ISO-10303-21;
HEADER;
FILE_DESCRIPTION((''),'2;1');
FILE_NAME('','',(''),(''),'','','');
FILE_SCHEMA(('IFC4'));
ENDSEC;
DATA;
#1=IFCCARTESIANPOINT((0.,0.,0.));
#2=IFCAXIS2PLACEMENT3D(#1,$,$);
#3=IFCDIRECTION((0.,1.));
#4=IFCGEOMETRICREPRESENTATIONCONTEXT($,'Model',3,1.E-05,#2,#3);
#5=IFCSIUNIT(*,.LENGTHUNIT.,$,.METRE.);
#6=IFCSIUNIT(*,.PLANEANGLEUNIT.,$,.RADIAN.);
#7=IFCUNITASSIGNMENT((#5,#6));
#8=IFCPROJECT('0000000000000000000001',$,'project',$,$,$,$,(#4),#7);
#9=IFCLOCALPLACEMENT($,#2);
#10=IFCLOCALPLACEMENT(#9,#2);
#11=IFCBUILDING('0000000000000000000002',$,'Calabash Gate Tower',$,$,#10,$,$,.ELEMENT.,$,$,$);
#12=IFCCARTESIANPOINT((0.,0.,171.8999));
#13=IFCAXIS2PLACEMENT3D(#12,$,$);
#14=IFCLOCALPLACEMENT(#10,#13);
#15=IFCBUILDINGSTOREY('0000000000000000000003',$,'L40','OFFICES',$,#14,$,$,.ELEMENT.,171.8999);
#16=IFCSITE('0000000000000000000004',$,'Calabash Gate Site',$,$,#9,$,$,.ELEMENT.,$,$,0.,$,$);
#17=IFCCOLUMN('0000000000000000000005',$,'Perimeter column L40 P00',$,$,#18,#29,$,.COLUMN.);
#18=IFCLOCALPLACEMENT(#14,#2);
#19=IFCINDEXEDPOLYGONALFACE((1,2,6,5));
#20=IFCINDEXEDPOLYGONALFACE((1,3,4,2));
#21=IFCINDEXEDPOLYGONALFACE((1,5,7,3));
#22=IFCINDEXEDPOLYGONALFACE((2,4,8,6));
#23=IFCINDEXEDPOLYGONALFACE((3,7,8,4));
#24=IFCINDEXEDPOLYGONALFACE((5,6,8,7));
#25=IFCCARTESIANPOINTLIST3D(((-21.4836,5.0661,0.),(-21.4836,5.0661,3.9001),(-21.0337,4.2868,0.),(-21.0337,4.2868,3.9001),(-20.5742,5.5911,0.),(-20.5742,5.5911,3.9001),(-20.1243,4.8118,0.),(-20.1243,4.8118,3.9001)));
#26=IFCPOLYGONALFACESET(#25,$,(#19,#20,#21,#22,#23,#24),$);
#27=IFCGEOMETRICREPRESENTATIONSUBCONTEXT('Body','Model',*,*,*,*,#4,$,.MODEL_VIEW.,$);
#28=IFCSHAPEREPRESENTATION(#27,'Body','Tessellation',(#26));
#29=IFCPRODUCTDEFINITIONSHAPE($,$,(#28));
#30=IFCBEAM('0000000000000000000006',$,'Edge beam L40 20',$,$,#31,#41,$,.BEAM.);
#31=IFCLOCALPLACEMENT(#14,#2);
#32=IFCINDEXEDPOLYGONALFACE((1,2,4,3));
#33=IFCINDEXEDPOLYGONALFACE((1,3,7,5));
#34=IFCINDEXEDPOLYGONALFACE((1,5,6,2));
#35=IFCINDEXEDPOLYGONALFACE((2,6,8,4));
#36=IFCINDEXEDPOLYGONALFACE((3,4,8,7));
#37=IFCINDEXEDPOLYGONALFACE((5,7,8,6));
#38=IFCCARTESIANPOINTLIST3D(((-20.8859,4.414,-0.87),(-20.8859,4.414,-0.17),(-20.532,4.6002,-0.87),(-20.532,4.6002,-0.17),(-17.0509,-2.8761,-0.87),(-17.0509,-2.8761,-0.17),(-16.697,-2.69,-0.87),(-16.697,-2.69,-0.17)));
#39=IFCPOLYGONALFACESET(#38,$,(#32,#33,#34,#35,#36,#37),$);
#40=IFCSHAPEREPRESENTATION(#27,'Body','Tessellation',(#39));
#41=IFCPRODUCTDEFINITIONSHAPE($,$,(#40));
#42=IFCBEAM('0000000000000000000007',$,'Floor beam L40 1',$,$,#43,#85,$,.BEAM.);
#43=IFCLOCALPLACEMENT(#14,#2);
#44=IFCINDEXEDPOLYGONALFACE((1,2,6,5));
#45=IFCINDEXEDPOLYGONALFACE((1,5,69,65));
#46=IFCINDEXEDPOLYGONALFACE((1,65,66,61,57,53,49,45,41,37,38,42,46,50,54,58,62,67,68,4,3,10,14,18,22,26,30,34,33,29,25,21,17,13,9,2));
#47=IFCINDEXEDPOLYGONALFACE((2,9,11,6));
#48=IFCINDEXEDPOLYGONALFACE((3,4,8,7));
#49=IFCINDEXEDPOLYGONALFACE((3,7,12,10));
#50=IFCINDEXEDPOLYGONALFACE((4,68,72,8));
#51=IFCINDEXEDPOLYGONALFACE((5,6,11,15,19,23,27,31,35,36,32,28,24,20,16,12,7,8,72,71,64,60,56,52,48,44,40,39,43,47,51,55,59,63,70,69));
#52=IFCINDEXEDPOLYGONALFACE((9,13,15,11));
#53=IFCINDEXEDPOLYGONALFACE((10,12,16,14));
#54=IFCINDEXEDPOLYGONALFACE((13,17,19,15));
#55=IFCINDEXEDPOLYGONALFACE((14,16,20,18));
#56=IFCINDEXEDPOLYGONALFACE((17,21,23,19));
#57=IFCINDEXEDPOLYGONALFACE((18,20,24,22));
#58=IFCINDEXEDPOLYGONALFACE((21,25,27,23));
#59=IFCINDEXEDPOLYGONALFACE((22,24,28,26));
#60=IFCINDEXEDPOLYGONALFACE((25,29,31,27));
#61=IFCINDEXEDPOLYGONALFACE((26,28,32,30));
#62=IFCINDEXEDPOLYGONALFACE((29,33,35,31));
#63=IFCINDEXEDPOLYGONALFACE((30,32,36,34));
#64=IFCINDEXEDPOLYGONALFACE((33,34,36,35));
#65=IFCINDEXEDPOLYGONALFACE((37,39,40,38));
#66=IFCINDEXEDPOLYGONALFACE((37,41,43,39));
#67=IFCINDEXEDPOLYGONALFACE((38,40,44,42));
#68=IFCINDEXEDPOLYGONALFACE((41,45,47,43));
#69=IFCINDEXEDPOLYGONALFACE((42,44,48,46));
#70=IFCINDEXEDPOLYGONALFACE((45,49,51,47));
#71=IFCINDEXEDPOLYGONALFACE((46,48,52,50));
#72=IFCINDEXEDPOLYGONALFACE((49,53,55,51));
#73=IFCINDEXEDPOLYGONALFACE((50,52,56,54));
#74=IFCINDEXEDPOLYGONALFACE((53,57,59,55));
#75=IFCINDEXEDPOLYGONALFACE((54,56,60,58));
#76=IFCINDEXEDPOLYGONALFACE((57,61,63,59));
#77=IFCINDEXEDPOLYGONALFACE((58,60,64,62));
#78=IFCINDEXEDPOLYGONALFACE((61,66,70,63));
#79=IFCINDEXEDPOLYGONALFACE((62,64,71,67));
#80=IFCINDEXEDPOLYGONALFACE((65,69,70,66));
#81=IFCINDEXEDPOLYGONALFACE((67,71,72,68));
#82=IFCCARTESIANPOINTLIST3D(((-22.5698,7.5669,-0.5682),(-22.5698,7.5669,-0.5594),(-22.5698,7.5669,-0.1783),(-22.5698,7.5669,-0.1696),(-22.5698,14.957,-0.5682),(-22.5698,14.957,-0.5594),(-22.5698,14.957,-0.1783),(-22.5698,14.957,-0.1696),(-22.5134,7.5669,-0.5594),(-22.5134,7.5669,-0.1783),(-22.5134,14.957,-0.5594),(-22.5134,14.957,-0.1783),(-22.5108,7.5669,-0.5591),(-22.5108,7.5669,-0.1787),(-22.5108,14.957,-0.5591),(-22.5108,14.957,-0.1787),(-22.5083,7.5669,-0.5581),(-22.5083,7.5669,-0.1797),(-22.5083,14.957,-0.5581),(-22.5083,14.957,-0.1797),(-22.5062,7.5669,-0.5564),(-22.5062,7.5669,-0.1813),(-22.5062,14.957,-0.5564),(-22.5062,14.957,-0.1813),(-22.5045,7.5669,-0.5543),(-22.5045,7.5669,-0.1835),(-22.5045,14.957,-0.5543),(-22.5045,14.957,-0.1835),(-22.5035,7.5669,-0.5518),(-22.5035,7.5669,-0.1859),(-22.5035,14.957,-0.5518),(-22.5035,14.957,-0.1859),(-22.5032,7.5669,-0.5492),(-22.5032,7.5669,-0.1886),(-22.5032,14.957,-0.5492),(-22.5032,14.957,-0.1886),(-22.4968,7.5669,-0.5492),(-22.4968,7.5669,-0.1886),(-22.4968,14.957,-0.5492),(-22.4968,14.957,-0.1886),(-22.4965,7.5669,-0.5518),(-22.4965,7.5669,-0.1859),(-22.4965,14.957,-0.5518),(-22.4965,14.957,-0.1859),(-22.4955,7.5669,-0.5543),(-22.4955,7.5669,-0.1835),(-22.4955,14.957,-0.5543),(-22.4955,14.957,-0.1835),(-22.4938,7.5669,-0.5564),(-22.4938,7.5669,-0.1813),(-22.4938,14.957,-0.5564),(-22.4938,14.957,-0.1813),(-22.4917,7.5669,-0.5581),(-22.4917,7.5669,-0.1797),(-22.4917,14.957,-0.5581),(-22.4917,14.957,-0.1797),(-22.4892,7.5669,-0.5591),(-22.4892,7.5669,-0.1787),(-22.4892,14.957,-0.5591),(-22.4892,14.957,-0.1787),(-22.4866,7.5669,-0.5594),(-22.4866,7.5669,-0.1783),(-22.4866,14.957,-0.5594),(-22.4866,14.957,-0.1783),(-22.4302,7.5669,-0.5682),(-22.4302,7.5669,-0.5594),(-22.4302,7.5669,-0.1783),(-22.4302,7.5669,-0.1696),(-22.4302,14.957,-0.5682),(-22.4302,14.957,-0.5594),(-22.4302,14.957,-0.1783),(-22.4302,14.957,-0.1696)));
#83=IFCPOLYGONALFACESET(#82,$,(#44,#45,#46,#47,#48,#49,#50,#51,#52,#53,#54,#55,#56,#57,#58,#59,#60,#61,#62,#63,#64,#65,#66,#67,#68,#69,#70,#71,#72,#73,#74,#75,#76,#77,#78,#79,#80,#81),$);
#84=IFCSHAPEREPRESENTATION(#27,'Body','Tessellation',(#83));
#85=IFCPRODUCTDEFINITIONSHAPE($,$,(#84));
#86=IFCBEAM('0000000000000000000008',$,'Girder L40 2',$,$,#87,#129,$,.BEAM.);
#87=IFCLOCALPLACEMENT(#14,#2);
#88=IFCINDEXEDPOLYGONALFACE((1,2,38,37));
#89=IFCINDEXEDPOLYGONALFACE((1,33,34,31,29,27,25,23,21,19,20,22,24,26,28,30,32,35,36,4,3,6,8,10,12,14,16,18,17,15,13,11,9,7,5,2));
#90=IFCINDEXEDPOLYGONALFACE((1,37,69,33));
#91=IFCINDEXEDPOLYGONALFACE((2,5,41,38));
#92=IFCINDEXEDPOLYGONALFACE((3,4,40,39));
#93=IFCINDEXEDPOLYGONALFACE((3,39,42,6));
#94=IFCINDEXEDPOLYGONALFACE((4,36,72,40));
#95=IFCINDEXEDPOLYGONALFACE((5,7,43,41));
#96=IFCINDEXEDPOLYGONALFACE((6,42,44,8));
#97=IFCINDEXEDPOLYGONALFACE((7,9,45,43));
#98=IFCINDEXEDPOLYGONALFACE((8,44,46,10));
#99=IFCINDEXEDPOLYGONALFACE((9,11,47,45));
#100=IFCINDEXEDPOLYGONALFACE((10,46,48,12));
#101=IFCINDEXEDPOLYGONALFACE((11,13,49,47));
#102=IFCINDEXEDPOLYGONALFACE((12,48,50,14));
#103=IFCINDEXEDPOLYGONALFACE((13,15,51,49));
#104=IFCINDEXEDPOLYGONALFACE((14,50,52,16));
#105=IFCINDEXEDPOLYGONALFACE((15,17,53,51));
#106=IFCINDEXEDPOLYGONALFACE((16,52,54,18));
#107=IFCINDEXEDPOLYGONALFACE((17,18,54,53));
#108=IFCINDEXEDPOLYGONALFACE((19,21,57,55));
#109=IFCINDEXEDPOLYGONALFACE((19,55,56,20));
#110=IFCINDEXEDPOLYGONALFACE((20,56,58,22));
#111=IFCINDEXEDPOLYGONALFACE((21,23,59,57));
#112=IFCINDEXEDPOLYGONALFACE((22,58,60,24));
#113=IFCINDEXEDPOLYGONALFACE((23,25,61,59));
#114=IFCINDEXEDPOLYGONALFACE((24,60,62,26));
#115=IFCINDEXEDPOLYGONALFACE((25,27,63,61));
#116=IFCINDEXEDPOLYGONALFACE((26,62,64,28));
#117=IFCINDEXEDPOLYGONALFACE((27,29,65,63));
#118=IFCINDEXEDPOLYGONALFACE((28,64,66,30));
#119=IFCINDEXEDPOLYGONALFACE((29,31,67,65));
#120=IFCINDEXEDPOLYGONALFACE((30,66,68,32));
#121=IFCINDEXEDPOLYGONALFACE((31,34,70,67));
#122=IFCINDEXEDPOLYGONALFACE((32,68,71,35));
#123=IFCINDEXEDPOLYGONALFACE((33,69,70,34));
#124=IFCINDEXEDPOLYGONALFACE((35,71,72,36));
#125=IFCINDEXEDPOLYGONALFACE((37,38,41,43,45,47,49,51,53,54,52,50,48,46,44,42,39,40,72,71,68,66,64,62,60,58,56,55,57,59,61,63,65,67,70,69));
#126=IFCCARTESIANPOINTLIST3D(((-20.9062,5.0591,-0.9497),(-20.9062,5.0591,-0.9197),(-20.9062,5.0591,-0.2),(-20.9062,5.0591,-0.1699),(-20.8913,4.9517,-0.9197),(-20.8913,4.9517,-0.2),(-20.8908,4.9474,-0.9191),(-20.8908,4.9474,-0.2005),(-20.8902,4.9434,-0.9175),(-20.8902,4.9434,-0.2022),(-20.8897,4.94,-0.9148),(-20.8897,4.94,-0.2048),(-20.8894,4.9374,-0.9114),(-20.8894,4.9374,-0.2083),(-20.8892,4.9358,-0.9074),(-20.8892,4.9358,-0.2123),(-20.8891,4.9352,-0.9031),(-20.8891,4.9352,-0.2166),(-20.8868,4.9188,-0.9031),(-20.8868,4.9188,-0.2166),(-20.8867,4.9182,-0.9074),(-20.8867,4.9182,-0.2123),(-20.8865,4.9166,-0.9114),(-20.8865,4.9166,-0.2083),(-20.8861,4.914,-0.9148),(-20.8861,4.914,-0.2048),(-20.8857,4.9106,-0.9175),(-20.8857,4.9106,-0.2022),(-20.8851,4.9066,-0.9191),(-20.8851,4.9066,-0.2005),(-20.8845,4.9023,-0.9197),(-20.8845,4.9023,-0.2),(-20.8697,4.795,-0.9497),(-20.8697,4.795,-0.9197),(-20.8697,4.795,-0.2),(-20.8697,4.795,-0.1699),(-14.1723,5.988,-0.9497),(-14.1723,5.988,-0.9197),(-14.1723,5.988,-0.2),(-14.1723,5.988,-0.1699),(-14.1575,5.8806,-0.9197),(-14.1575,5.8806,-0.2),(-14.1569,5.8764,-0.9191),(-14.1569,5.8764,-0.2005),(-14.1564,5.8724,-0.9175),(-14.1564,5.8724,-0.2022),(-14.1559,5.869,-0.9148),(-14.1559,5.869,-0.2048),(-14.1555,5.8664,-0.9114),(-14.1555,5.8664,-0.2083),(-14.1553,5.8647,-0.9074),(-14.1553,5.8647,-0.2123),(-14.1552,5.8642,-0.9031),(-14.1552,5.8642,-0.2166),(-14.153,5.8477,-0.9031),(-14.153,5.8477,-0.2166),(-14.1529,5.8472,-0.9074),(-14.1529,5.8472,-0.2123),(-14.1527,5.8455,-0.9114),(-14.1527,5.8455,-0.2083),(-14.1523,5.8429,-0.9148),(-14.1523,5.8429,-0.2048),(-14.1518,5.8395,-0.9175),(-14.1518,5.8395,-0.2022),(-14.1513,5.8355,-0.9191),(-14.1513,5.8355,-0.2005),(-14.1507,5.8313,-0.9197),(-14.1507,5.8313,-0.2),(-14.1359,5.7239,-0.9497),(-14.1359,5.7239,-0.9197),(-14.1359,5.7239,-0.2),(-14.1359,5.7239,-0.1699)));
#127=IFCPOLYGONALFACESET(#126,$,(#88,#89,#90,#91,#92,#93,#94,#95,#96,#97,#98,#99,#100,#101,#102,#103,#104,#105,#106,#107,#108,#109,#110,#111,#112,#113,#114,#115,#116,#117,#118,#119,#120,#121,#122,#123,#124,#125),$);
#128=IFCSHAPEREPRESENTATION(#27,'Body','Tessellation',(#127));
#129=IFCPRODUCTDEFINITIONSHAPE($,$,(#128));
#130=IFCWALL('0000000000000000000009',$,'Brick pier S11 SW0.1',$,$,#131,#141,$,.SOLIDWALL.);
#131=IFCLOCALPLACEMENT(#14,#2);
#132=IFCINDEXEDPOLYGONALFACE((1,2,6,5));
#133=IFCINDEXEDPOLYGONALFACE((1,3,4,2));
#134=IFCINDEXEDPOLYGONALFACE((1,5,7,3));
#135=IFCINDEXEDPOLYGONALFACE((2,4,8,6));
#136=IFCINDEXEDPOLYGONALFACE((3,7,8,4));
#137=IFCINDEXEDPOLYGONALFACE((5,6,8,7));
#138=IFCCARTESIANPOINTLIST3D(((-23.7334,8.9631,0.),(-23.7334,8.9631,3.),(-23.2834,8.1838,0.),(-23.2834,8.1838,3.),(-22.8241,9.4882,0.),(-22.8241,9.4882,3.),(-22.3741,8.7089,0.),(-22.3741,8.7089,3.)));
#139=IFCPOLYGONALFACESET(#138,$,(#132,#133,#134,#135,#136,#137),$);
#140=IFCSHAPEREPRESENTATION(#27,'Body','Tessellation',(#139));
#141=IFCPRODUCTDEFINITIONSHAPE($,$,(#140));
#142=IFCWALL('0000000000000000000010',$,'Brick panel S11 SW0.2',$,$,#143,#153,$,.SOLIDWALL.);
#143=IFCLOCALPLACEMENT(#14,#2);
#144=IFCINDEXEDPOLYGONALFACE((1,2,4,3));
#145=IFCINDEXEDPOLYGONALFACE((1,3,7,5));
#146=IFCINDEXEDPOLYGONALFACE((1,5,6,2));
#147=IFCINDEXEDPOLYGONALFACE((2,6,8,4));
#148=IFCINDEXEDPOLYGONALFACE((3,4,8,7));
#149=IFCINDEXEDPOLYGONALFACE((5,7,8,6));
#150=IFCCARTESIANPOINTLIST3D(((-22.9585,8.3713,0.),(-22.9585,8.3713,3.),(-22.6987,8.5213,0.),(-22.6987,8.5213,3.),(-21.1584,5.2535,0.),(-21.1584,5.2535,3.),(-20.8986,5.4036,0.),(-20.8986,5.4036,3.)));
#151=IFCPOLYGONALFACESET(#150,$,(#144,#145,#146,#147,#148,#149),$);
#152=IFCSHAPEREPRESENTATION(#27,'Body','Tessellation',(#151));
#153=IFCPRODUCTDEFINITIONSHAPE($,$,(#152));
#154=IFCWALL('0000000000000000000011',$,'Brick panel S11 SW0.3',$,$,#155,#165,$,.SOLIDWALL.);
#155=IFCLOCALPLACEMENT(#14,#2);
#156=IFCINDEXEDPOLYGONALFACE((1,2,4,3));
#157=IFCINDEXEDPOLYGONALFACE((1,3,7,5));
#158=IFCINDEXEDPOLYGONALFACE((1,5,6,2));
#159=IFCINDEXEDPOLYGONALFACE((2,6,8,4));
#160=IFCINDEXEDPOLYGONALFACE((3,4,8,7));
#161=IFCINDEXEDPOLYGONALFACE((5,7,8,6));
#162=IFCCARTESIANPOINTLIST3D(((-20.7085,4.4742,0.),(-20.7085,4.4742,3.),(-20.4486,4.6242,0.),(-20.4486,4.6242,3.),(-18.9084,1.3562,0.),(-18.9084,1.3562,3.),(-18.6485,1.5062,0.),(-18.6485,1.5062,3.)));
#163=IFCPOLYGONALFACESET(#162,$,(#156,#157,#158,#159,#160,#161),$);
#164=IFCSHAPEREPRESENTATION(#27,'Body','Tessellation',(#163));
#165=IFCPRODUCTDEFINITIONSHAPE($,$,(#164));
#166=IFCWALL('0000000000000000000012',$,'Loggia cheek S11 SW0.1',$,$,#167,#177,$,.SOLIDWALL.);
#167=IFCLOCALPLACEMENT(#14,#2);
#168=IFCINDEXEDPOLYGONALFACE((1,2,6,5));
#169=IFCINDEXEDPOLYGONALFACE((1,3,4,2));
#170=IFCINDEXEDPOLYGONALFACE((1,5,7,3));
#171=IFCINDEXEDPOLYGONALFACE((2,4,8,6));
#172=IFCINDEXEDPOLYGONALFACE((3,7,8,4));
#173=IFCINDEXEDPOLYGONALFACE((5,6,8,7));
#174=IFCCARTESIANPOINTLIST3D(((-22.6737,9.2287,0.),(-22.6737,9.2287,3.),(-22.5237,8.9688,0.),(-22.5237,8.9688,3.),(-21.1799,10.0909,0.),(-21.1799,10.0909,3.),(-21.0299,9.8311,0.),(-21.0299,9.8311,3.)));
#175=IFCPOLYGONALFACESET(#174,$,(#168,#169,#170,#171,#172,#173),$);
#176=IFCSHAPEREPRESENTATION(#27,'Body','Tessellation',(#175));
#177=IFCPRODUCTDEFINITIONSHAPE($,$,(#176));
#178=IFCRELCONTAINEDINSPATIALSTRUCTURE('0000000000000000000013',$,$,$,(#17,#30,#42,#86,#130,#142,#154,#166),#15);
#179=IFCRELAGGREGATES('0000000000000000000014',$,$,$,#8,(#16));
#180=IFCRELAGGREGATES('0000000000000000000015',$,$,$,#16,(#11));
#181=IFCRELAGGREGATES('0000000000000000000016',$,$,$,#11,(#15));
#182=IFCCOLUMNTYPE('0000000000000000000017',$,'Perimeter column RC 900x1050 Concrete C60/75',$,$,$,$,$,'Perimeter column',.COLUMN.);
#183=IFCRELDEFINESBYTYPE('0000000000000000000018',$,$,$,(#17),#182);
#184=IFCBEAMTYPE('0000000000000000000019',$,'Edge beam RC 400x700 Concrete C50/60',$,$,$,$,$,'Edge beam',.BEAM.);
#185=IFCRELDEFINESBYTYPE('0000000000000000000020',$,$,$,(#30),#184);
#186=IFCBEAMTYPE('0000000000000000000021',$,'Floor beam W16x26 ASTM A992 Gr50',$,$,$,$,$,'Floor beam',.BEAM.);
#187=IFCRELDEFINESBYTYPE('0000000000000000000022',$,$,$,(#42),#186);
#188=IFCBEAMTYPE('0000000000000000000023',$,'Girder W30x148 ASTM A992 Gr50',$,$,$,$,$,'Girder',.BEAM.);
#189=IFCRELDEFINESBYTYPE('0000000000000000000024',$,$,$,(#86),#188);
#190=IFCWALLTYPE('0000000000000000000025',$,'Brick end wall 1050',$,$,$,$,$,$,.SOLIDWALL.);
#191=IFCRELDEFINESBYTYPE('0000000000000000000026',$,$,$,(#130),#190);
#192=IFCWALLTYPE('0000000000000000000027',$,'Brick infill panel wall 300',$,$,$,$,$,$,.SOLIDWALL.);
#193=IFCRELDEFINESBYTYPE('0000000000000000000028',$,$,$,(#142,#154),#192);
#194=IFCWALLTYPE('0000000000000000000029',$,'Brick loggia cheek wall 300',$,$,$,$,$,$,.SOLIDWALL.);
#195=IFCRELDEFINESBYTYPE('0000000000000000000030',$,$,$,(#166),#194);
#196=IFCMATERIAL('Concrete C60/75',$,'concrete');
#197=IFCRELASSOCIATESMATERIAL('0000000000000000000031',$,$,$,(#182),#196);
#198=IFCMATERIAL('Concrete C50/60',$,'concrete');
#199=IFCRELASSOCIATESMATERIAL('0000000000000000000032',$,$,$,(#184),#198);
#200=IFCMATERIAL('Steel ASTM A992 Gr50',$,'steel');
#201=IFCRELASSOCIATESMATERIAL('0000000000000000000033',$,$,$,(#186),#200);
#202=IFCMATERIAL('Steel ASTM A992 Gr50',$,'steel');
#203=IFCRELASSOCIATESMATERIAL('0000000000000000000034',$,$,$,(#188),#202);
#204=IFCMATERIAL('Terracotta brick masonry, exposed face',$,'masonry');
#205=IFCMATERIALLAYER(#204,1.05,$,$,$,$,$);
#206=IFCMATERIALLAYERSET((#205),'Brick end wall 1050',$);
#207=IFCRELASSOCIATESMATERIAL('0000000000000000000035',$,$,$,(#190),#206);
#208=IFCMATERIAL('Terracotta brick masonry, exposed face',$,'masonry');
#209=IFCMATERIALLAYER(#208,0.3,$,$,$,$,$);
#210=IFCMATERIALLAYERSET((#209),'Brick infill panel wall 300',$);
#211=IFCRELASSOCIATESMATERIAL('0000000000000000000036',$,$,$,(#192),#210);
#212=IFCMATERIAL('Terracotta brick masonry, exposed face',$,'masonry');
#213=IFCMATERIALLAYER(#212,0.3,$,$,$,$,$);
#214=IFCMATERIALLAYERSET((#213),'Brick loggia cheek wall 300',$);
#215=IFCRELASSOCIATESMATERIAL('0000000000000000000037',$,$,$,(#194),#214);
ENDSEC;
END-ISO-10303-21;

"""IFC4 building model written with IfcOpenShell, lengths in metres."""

from ifc_helpers import new_model, si_unit, direction, frame, frame_2d, origin, origin_2d, place, context, subcontext, project, spatial, rectangle, i_section, extrude, material, layer, layer_set, material_profile, profile_set, type_object, element, save


model = new_model("IFC4")

# Units and contexts
model_context = context("Model", 3, precision=1e-05, world=origin(), true_north=direction((0.0, 1.0)))
body_context = subcontext(model_context, "Body", "Model", "MODEL_VIEW")
ifc_project = project(units=[si_unit("LENGTHUNIT", "METRE"), si_unit("PLANEANGLEUNIT", "RADIAN")], contexts=[model_context])

# Site, building, storey
site_placement = place(None, origin())
site = spatial("IfcSite", under=ifc_project, at=site_placement, Name="Calabash Gate Site", CompositionType="ELEMENT", RefElevation=0.0)
building_placement = place(site_placement, origin())
building = spatial("IfcBuilding", under=site, at=building_placement, Name="Calabash Gate Tower", CompositionType="ELEMENT")
storey_placement = place(building_placement, frame((0.0, 0.0, 171.8999)))
storey = spatial("IfcBuildingStorey", under=building, at=storey_placement, Name="L40", Description="OFFICES", CompositionType="ELEMENT", Elevation=171.8999)

# Column
ifc_material_1 = material(Name="Concrete C60/75", Category="concrete")
ifc_material_profile_1 = material_profile(ifc_material_1, rectangle(XDim=0.8999, YDim=1.05, at=origin_2d()))
ifc_profile_set_1 = profile_set([ifc_material_profile_1], Name="Concrete C60/75")
column_type = type_object("IfcColumnType", Name="Perimeter column RC 900x1050 Concrete C60/75", ElementType="Perimeter column", PredefinedType="COLUMN", material=ifc_profile_set_1)
column_placement = place(storey_placement, frame((-20.804, 4.939, 0.0), z_axis=(0.0, 0.0, 1.0), x_axis=(0.5, -0.866025, 0.0)))
element("IfcColumn", 1, at=column_placement, inside=storey, type_object=column_type, Name="Perimeter column L40 P00", PredefinedType="COLUMN", context=body_context, shape_type="SweptSolid", body=[
    extrude(rectangle(XDim=0.8999, YDim=1.05, at=origin_2d()), origin(), (0.0, 0.0, 1.0), 3.9001),
])

# Beams
ifc_material_2 = material(Name="Concrete C50/60", Category="concrete")
ifc_material_profile_2 = material_profile(ifc_material_2, rectangle(XDim=0.3999, YDim=0.7, at=origin_2d()))
ifc_profile_set_2 = profile_set([ifc_material_profile_2], Name="Concrete C50/60")
beam_type_1 = type_object("IfcBeamType", Name="Edge beam RC 400x700 Concrete C50/60", ElementType="Edge beam", PredefinedType="BEAM", material=ifc_profile_set_2)
beam_1_placement = place(storey_placement, frame((-20.709, 4.5071, -0.52), z_axis=(0.465566, -0.885013, 0.0), x_axis=(0.885013, 0.465566, 0.0)))
element("IfcBeam", 2, at=beam_1_placement, inside=storey, type_object=beam_type_1, Name="Edge beam L40 20", PredefinedType="BEAM", context=body_context, shape_type="SweptSolid", body=[
    extrude(rectangle(XDim=0.3999, YDim=0.7, at=origin_2d()), origin(), (0.0, 0.0, 1.0), 8.2373),
])
ifc_material_3 = material(Name="Steel ASTM A992 Gr50", Category="steel")
ifc_material_profile_3 = material_profile(ifc_material_3, i_section(OverallWidth=0.1396, OverallDepth=0.3987, WebThickness=0.0063, FlangeThickness=0.0088, FilletRadius=0.0103, at=origin_2d()))
ifc_profile_set_3 = profile_set([ifc_material_profile_3], Name="Steel ASTM A992 Gr50")
beam_type_2 = type_object("IfcBeamType", Name="Floor beam W16x26 ASTM A992 Gr50", ElementType="Floor beam", PredefinedType="BEAM", material=ifc_profile_set_3)
beam_2_placement = place(storey_placement, frame((-22.5, 7.5669, -0.3689), z_axis=(0.0, 1.0, 0.0), x_axis=(-1.0, 0.0, 0.0)))
element("IfcBeam", 3, at=beam_2_placement, inside=storey, type_object=beam_type_2, Name="Floor beam L40 1", PredefinedType="BEAM", context=body_context, shape_type="SweptSolid", body=[
    extrude(i_section(OverallWidth=0.1396, OverallDepth=0.3987, WebThickness=0.0063, FlangeThickness=0.0088, FilletRadius=0.0103, at=origin_2d()), origin(), (0.0, 0.0, 1.0), 7.3901),
])
ifc_material_4 = material(Name="Steel ASTM A992 Gr50", Category="steel")
ifc_material_profile_4 = material_profile(ifc_material_4, i_section(OverallWidth=0.2666, OverallDepth=0.7798, WebThickness=0.0166, FlangeThickness=0.03, FilletRadius=0.0166, at=origin_2d()))
ifc_profile_set_4 = profile_set([ifc_material_profile_4], Name="Steel ASTM A992 Gr50")
beam_type_3 = type_object("IfcBeamType", Name="Girder W30x148 ASTM A992 Gr50", ElementType="Girder", PredefinedType="BEAM", material=ifc_profile_set_4)
beam_3_placement = place(storey_placement, frame((-20.8879, 4.927, -0.5598), z_axis=(0.990618, 0.136658, 0.0), x_axis=(-0.136658, 0.990618, 0.0)))
element("IfcBeam", 4, at=beam_3_placement, inside=storey, type_object=beam_type_3, Name="Girder L40 2", PredefinedType="BEAM", context=body_context, shape_type="SweptSolid", body=[
    extrude(i_section(OverallWidth=0.2666, OverallDepth=0.7798, WebThickness=0.0166, FlangeThickness=0.03, FilletRadius=0.0166, at=origin_2d()), origin(), (0.0, 0.0, 1.0), 6.7976),
])

# Walls
ifc_material_5 = material(Name="Terracotta brick masonry, exposed face", Category="masonry")
ifc_layer_1 = layer(ifc_material_5, 1.05)
ifc_layer_set_1 = layer_set([ifc_layer_1], Name="Brick end wall 1050")
wall_type_1 = type_object("IfcWallType", Name="Brick end wall 1050", PredefinedType="SOLIDWALL", material=ifc_layer_set_1)
wall_1_placement = place(storey_placement, frame((-23.5083, 8.5735, 0.0), z_axis=(0.0, 0.0, 1.0), x_axis=(0.865988, 0.500065, 0.0)))
element("IfcWall", 5, at=wall_1_placement, inside=storey, type_object=wall_type_1, Name="Brick pier S11 SW0.1", PredefinedType="SOLIDWALL", context=body_context, shape_type="SweptSolid", body=[
    extrude(rectangle(XDim=1.05, YDim=0.8999, at=frame_2d((0.5249, 0.0))), origin(), (0.0, 0.0, 1.0), 3.0),
])
ifc_material_6 = material(Name="Terracotta brick masonry, exposed face", Category="masonry")
ifc_layer_2 = layer(ifc_material_6, 0.3)
ifc_layer_set_2 = layer_set([ifc_layer_2], Name="Brick infill panel wall 300")
wall_type_2 = type_object("IfcWallType", Name="Brick infill panel wall 300", PredefinedType="SOLIDWALL", material=ifc_layer_set_2)
wall_2_placement = place(storey_placement, frame((-22.8286, 8.4463, 0.0), z_axis=(0.0, 0.0, 1.0), x_axis=(0.500012, -0.866018, 0.0)))
element("IfcWall", 6, at=wall_2_placement, inside=storey, type_object=wall_type_2, Name="Brick panel S11 SW0.2", PredefinedType="SOLIDWALL", context=body_context, shape_type="SweptSolid", body=[
    extrude(rectangle(XDim=3.6001, YDim=0.3, at=frame_2d((1.8, 0.0))), origin(), (0.0, 0.0, 1.0), 3.0),
])
wall_3_placement = place(storey_placement, frame((-20.5786, 4.5493, 0.0), z_axis=(0.0, 0.0, 1.0), x_axis=(0.499983, -0.866035, 0.0)))
element("IfcWall", 7, at=wall_3_placement, inside=storey, type_object=wall_type_2, Name="Brick panel S11 SW0.3", PredefinedType="SOLIDWALL", context=body_context, shape_type="SweptSolid", body=[
    extrude(rectangle(XDim=3.6003, YDim=0.3, at=frame_2d((1.8003, 0.0))), origin(), (0.0, 0.0, 1.0), 3.0),
])
ifc_material_7 = material(Name="Terracotta brick masonry, exposed face", Category="masonry")
ifc_layer_3 = layer(ifc_material_7, 0.3)
ifc_layer_set_3 = layer_set([ifc_layer_3], Name="Brick loggia cheek wall 300")
wall_type_3 = type_object("IfcWallType", Name="Brick loggia cheek wall 300", PredefinedType="SOLIDWALL", material=ifc_layer_set_3)
wall_4_placement = place(storey_placement, frame((-21.105, 9.9609, 0.0), z_axis=(0.0, 0.0, 1.0), x_axis=(-0.866075, -0.499914, 0.0)))
element("IfcWall", 8, at=wall_4_placement, inside=storey, type_object=wall_type_3, Name="Loggia cheek S11 SW0.1", PredefinedType="SOLIDWALL", context=body_context, shape_type="SweptSolid", body=[
    extrude(rectangle(XDim=1.7249, YDim=0.3, at=frame_2d((0.8623, 0.0))), origin(), (0.0, 0.0, 1.0), 3.0),
])

save(model, "model.ifc")
